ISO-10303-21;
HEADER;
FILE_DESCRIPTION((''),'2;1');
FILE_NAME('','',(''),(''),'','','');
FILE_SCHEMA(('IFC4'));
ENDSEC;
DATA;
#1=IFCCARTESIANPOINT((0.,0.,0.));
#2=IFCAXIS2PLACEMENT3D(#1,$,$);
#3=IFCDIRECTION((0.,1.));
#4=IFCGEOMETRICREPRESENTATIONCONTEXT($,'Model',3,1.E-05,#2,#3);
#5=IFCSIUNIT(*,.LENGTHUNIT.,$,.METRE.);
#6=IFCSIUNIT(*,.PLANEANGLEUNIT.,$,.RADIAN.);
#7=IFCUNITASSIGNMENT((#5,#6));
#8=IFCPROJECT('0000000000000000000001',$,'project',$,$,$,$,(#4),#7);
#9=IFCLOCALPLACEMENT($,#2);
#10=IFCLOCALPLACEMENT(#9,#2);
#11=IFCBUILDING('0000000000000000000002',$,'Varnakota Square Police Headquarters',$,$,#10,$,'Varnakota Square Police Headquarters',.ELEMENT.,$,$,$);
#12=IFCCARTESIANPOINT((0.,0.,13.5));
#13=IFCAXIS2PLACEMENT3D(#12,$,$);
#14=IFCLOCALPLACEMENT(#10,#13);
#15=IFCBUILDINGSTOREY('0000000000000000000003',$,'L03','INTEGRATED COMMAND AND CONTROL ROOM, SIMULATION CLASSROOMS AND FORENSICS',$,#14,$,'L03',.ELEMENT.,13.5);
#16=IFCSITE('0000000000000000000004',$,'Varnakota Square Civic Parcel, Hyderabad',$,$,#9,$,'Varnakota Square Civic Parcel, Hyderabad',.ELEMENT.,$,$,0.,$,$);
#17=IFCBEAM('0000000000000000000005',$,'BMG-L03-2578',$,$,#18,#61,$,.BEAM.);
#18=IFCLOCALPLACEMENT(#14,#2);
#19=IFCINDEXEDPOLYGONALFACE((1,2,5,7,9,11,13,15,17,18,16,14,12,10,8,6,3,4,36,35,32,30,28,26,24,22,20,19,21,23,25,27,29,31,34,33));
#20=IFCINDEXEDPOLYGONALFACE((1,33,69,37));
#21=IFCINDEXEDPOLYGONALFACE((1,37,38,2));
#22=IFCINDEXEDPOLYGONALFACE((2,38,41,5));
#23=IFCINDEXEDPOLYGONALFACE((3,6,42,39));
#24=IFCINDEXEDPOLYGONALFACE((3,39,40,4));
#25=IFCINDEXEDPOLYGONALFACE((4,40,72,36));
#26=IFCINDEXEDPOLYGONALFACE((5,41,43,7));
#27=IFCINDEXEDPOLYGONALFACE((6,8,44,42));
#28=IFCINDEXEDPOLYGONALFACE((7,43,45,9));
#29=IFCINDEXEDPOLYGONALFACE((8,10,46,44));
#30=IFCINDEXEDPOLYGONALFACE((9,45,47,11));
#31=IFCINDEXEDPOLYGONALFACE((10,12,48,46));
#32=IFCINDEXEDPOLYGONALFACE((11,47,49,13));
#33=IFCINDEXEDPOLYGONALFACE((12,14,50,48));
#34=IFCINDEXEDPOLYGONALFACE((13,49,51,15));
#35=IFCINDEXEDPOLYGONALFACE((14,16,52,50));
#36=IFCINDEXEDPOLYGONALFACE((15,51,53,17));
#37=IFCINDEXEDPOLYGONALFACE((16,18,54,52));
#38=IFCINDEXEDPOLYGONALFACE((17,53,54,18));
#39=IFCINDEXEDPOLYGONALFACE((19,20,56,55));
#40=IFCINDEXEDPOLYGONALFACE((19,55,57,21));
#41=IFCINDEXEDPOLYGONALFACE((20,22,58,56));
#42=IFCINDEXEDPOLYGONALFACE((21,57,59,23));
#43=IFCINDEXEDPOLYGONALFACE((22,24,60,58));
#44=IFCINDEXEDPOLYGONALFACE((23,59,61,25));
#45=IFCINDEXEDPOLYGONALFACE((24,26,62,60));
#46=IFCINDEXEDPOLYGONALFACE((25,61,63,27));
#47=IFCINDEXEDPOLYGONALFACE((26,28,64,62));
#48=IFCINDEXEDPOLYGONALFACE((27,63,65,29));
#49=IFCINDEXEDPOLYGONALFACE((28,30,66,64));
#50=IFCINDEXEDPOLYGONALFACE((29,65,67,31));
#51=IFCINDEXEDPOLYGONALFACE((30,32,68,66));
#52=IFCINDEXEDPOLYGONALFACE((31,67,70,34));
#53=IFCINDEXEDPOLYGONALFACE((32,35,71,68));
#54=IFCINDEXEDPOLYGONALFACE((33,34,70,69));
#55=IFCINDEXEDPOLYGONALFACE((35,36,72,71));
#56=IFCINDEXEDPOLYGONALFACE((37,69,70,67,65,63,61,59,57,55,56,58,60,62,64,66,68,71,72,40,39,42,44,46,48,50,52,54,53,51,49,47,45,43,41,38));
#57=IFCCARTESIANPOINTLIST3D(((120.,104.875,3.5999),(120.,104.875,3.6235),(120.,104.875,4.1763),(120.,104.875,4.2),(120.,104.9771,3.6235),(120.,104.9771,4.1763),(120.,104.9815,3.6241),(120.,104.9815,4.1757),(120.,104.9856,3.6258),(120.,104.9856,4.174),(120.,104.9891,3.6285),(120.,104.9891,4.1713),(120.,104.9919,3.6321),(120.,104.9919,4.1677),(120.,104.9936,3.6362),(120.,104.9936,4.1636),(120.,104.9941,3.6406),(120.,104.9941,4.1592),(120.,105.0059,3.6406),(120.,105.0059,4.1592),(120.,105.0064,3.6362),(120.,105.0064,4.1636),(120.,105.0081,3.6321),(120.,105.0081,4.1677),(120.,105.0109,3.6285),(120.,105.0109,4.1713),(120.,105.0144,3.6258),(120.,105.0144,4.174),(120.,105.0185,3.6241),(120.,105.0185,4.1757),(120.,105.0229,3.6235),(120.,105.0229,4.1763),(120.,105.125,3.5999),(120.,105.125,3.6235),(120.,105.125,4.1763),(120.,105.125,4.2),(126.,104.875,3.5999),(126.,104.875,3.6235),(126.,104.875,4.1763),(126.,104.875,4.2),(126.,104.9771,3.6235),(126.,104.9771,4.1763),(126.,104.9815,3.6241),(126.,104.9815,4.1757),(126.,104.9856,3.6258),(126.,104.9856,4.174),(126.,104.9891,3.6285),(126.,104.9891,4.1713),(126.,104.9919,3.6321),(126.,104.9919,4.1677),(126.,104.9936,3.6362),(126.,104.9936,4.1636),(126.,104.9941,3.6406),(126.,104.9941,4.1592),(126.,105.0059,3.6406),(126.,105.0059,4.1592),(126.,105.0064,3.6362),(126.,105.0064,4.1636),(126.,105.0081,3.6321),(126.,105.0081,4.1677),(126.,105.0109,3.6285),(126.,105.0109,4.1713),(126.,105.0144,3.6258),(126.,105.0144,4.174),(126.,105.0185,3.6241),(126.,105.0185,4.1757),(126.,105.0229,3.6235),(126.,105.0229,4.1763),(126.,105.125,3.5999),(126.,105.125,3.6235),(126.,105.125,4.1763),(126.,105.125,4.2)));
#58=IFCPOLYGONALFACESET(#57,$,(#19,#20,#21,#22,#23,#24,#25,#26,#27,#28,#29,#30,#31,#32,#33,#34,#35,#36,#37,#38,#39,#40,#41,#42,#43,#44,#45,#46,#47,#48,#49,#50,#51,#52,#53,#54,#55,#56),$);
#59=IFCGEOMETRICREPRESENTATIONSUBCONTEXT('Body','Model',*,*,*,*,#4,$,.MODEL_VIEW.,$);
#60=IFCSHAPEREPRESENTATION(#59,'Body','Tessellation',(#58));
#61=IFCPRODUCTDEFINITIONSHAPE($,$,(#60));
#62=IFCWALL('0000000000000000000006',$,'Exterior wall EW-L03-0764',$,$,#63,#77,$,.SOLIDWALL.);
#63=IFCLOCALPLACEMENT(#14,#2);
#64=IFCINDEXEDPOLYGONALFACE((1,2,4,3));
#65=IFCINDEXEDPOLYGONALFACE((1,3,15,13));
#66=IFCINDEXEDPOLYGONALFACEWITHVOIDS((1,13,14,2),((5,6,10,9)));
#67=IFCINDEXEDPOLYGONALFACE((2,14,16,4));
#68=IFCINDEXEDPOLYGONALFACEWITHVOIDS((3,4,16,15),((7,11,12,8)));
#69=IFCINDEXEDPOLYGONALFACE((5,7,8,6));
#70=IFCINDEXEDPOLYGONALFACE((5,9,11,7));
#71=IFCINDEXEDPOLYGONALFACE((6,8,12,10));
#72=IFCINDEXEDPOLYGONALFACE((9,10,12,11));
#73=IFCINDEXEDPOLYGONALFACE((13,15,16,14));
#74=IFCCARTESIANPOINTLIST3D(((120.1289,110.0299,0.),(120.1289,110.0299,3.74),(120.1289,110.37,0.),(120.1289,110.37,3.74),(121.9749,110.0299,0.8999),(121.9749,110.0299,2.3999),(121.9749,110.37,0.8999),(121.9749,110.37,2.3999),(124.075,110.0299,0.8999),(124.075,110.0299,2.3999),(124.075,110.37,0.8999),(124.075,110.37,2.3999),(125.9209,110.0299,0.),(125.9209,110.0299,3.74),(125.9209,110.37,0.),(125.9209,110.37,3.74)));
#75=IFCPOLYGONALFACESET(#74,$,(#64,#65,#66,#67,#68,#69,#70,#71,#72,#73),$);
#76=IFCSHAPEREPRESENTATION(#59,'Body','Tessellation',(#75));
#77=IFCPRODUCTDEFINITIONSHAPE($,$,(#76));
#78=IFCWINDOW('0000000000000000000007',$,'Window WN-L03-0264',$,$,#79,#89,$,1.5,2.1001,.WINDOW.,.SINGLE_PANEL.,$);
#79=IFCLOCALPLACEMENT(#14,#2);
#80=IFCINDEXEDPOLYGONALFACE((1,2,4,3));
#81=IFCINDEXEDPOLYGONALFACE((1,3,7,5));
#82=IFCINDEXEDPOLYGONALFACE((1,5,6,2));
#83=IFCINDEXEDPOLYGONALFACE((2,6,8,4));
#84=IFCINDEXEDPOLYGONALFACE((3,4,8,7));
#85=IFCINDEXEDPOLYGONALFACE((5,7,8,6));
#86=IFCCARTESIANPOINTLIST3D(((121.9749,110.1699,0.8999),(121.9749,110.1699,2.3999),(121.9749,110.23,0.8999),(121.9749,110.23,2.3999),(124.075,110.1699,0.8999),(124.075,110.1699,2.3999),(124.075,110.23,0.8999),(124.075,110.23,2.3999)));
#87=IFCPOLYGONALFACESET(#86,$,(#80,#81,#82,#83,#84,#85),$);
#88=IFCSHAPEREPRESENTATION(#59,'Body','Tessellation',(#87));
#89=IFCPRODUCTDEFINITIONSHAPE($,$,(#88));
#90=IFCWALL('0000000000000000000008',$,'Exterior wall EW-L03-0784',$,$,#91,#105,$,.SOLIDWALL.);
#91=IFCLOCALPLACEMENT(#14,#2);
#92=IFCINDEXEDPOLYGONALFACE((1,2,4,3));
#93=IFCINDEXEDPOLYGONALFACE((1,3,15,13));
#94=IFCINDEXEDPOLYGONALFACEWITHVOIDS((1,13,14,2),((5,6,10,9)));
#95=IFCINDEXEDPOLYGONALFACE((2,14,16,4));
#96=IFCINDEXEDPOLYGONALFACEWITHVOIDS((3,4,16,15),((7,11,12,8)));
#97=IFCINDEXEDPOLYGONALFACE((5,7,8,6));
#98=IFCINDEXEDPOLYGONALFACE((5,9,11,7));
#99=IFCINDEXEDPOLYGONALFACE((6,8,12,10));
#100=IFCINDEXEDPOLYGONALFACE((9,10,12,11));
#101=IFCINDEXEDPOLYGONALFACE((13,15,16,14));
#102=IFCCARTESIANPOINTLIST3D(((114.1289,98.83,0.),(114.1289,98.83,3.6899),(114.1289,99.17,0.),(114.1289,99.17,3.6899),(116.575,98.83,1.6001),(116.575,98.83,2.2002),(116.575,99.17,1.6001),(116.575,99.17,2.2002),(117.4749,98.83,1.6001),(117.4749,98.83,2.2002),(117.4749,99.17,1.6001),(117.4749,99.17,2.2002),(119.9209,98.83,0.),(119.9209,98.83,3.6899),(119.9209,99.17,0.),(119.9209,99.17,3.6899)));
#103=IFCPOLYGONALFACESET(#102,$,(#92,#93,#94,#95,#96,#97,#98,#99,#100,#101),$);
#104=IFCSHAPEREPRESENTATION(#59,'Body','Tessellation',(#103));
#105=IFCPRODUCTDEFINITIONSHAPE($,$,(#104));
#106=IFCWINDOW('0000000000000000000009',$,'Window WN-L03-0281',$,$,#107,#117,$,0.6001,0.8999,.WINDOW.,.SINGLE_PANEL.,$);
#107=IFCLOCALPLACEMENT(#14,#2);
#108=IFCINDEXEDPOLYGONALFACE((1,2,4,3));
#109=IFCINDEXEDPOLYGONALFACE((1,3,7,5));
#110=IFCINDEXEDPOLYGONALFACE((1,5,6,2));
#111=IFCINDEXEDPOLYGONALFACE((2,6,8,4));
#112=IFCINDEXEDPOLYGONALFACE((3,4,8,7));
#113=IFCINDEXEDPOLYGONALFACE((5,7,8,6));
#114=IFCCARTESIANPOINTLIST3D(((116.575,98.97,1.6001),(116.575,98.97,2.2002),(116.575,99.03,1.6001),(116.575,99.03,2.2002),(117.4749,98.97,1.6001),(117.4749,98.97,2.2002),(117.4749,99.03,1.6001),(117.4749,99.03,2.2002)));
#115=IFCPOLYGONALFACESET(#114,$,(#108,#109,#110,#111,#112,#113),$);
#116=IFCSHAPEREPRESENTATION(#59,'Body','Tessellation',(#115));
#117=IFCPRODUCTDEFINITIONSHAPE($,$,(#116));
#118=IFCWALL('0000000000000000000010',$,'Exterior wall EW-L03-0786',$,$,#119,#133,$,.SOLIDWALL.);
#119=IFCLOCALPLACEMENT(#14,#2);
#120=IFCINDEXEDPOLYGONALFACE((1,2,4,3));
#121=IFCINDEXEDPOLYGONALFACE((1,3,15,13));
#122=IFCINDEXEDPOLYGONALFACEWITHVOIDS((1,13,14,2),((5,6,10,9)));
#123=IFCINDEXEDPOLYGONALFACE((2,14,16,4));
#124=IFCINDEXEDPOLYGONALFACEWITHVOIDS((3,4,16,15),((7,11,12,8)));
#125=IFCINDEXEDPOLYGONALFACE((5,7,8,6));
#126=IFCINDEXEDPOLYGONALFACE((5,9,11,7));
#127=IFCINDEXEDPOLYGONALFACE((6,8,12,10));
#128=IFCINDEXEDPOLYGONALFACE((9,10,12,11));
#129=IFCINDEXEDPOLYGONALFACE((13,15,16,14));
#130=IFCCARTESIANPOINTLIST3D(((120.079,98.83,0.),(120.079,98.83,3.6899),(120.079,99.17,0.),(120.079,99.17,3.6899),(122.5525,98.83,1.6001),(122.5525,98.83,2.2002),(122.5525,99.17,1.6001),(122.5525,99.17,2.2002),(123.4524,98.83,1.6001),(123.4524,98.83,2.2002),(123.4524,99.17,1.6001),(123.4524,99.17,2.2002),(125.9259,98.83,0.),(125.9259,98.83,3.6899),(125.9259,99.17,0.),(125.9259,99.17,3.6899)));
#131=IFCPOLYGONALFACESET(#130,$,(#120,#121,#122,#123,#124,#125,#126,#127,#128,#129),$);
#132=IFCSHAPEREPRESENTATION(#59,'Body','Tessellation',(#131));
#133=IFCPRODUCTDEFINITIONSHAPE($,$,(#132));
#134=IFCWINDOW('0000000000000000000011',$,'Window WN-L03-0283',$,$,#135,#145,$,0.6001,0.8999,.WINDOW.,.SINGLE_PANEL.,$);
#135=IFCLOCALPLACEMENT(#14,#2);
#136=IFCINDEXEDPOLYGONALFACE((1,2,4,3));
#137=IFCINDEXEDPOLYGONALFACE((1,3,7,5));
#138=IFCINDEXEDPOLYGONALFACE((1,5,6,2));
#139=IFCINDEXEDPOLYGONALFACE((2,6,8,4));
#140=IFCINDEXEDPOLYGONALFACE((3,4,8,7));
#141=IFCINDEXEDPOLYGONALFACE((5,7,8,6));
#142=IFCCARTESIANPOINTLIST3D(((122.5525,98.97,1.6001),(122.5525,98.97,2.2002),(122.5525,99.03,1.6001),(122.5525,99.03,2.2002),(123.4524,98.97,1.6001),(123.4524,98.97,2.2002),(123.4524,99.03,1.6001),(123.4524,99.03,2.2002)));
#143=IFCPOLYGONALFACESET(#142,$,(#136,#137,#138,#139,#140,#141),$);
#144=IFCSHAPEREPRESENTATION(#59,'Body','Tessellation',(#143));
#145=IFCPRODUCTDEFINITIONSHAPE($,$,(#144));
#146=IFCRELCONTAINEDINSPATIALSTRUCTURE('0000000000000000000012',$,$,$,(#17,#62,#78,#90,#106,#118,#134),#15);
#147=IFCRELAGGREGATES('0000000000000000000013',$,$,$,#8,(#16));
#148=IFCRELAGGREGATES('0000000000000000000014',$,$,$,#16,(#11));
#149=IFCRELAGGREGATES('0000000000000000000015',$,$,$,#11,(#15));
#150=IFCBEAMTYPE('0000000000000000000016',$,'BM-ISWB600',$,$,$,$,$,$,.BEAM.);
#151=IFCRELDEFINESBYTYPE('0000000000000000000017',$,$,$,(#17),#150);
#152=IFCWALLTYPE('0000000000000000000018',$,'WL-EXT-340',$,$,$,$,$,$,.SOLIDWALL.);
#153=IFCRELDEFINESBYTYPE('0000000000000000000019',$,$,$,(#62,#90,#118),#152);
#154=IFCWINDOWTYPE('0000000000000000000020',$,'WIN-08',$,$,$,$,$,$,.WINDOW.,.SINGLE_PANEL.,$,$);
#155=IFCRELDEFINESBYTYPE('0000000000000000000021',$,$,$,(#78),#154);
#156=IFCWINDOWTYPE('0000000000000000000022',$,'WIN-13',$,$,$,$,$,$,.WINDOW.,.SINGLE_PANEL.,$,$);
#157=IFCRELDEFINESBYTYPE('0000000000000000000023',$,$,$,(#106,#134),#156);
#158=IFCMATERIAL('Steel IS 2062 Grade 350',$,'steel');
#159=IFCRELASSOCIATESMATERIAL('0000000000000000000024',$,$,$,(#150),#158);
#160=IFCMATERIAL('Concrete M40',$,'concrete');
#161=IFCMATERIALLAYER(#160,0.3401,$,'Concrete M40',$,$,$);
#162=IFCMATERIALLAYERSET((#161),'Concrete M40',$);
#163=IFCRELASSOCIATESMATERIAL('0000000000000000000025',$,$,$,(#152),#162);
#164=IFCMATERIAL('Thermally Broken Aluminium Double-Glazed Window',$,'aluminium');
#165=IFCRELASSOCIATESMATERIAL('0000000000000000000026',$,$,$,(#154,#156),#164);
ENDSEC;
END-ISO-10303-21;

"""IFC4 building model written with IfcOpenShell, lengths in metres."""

from ifc_helpers import new_model, si_unit, direction, frame, frame_2d, origin, origin_2d, place, context, subcontext, project, spatial, rectangle, i_section, extrude, material, layer, layer_set, material_profile, profile_set, type_object, element, fill, save


model = new_model("IFC4")

# Units and contexts
model_context = context("Model", 3, precision=1e-05, world=origin(), true_north=direction((0.0, 1.0)))
body_context = subcontext(model_context, "Body", "Model", "MODEL_VIEW")
ifc_project = project(units=[si_unit("LENGTHUNIT", "METRE"), si_unit("PLANEANGLEUNIT", "RADIAN")], contexts=[model_context])

# Site, building, storey
site_placement = place(None, origin())
site = spatial("IfcSite", under=ifc_project, at=site_placement, Name="Varnakota Square Civic Parcel, Hyderabad", LongName="Varnakota Square Civic Parcel, Hyderabad", CompositionType="ELEMENT", RefElevation=0.0)
building_placement = place(site_placement, origin())
building = spatial("IfcBuilding", under=site, at=building_placement, Name="Varnakota Square Police Headquarters", LongName="Varnakota Square Police Headquarters", CompositionType="ELEMENT")
storey_placement = place(building_placement, frame((0.0, 0.0, 13.5)))
storey = spatial("IfcBuildingStorey", under=building, at=storey_placement, Name="L03", Description="INTEGRATED COMMAND AND CONTROL ROOM, SIMULATION CLASSROOMS AND FORENSICS", LongName="L03", CompositionType="ELEMENT", Elevation=13.5)

# Shared definitions
ifc_material_1 = material(Name="Steel IS 2062 Grade 350", Category="steel")

# Beam
ifc_material_profile_1 = material_profile(ifc_material_1, i_section(OverallWidth=0.25, OverallDepth=0.6001, WebThickness=0.0117, FlangeThickness=0.0237, FilletRadius=0.0171, at=origin_2d()), Name="ISWB 600")
ifc_profile_set_1 = profile_set([ifc_material_profile_1], Name="Steel IS 2062 Grade 350")
beam_type_1 = type_object("IfcBeamType", Name="BM-ISWB600", PredefinedType="BEAM", material=ifc_profile_set_1)
beam_1_placement = place(storey_placement, frame((120.0, 105.0, 3.8999), z_axis=(1.0, 0.0, 0.0), x_axis=(0.0, 1.0, 0.0)))
element("IfcBeam", 1, at=beam_1_placement, inside=storey, type_object=beam_type_1, Name="BMG-L03-2578", PredefinedType="BEAM", context=body_context, shape_type="SweptSolid", body=[
    extrude(i_section(OverallWidth=0.25, OverallDepth=0.6001, WebThickness=0.0117, FlangeThickness=0.0237, FilletRadius=0.0171, at=origin_2d()), origin(), (0.0, 0.0, 1.0), 6.0),
])

# Walls, openings, windows
ifc_material_2 = material(Name="Concrete M40", Category="concrete")
ifc_layer = layer(ifc_material_2, 0.3401, Name="Concrete M40")
ifc_layer_set = layer_set([ifc_layer], Name="Concrete M40")
wall_type = type_object("IfcWallType", Name="WL-EXT-340", PredefinedType="SOLIDWALL", material=ifc_layer_set)
wall_1_placement = place(storey_placement, frame((120.1289, 110.2, 0.0), z_axis=(0.0, 0.0, 1.0), x_axis=(1.0, 0.0, 0.0)))
wall_1 = element("IfcWall", 2, at=wall_1_placement, inside=storey, type_object=wall_type, Name="Exterior wall EW-L03-0764", PredefinedType="SOLIDWALL", context=body_context, shape_type="SweptSolid", body=[
    extrude(rectangle(XDim=5.792, YDim=0.3401, at=frame_2d((2.896, 0.0))), origin(), (0.0, 0.0, 1.0), 3.74),
])
opening_1_placement = place(wall_1_placement, frame((1.8459, 0.0, 0.8999)))
opening_1 = element("IfcOpeningElement", 3, at=opening_1_placement, cuts=wall_1, PredefinedType="OPENING", context=body_context, shape_type="SweptSolid", body=[
    extrude(rectangle(XDim=2.1001, YDim=1.5, at=frame_2d((1.05, 0.75))), frame((0.0, 0.1799, 0.0), z_axis=(0.0, -1.0, 0.0), x_axis=(1.0, 0.0, 0.0)), (0.0, 0.0, 1.0), 0.3601),
])
ifc_material_3 = material(Name="Thermally Broken Aluminium Double-Glazed Window", Category="aluminium")
window_type_1 = type_object("IfcWindowType", Name="WIN-08", PartitioningType="SINGLE_PANEL", PredefinedType="WINDOW", material=ifc_material_3)
window_1_placement = place(opening_1_placement, origin())
window_1 = element("IfcWindow", 4, at=window_1_placement, inside=storey, type_object=window_type_1, Name="Window WN-L03-0264", OverallHeight=1.5, OverallWidth=2.1001, PartitioningType="SINGLE_PANEL", PredefinedType="WINDOW", context=body_context, shape_type="SweptSolid", body=[
    extrude(rectangle(XDim=2.1001, YDim=1.5, at=frame_2d((1.05, 0.75))), frame((0.0, 0.03, 0.0), z_axis=(0.0, -1.0, 0.0), x_axis=(1.0, 0.0, 0.0)), (0.0, 0.0, 1.0), 0.0601),
])
fill(opening_1, window_1)
wall_2_placement = place(storey_placement, frame((114.1289, 99.0, 0.0), z_axis=(0.0, 0.0, 1.0), x_axis=(1.0, 0.0, 0.0)))
wall_2 = element("IfcWall", 5, at=wall_2_placement, inside=storey, type_object=wall_type, Name="Exterior wall EW-L03-0784", PredefinedType="SOLIDWALL", context=body_context, shape_type="SweptSolid", body=[
    extrude(rectangle(XDim=5.792, YDim=0.3401, at=frame_2d((2.896, 0.0))), origin(), (0.0, 0.0, 1.0), 3.6899),
])
opening_2_placement = place(wall_2_placement, frame((2.446, 0.0, 1.6001)))
opening_2 = element("IfcOpeningElement", 6, at=opening_2_placement, cuts=wall_2, PredefinedType="OPENING", context=body_context, shape_type="SweptSolid", body=[
    extrude(rectangle(XDim=0.8999, YDim=0.6001, at=frame_2d((0.45, 0.3))), frame((0.0, 0.1799, 0.0), z_axis=(0.0, -1.0, 0.0), x_axis=(1.0, 0.0, 0.0)), (0.0, 0.0, 1.0), 0.3601),
])
window_type_2 = type_object("IfcWindowType", Name="WIN-13", PartitioningType="SINGLE_PANEL", PredefinedType="WINDOW", material=ifc_material_3)
window_2_placement = place(opening_2_placement, origin())
window_2 = element("IfcWindow", 7, at=window_2_placement, inside=storey, type_object=window_type_2, Name="Window WN-L03-0281", OverallHeight=0.6001, OverallWidth=0.8999, PartitioningType="SINGLE_PANEL", PredefinedType="WINDOW", context=body_context, shape_type="SweptSolid", body=[
    extrude(rectangle(XDim=0.8999, YDim=0.6001, at=frame_2d((0.45, 0.3))), frame((0.0, 0.03, 0.0), z_axis=(0.0, -1.0, 0.0), x_axis=(1.0, 0.0, 0.0)), (0.0, 0.0, 1.0), 0.0601),
])
fill(opening_2, window_2)
wall_3_placement = place(storey_placement, frame((120.0791, 99.0, 0.0), z_axis=(0.0, 0.0, 1.0), x_axis=(1.0, 0.0, 0.0)))
wall_3 = element("IfcWall", 8, at=wall_3_placement, inside=storey, type_object=wall_type, Name="Exterior wall EW-L03-0786", PredefinedType="SOLIDWALL", context=body_context, shape_type="SweptSolid", body=[
    extrude(rectangle(XDim=5.8469, YDim=0.3401, at=frame_2d((2.9233, 0.0))), origin(), (0.0, 0.0, 1.0), 3.6899),
])
opening_3_placement = place(wall_3_placement, frame((2.4734, 0.0, 1.6001)))
opening_3 = element("IfcOpeningElement", 9, at=opening_3_placement, cuts=wall_3, PredefinedType="OPENING", context=body_context, shape_type="SweptSolid", body=[
    extrude(rectangle(XDim=0.8999, YDim=0.6001, at=frame_2d((0.45, 0.3))), frame((0.0, 0.1799, 0.0), z_axis=(0.0, -1.0, 0.0), x_axis=(1.0, 0.0, 0.0)), (0.0, 0.0, 1.0), 0.3601),
])
window_3_placement = place(opening_3_placement, origin())
window_3 = element("IfcWindow", 10, at=window_3_placement, inside=storey, type_object=window_type_2, Name="Window WN-L03-0283", OverallHeight=0.6001, OverallWidth=0.8999, PartitioningType="SINGLE_PANEL", PredefinedType="WINDOW", context=body_context, shape_type="SweptSolid", body=[
    extrude(rectangle(XDim=0.8999, YDim=0.6001, at=frame_2d((0.45, 0.3))), frame((0.0, 0.03, 0.0), z_axis=(0.0, -1.0, 0.0), x_axis=(1.0, 0.0, 0.0)), (0.0, 0.0, 1.0), 0.0601),
])
fill(opening_3, window_3)

save(model, "model.ifc")
